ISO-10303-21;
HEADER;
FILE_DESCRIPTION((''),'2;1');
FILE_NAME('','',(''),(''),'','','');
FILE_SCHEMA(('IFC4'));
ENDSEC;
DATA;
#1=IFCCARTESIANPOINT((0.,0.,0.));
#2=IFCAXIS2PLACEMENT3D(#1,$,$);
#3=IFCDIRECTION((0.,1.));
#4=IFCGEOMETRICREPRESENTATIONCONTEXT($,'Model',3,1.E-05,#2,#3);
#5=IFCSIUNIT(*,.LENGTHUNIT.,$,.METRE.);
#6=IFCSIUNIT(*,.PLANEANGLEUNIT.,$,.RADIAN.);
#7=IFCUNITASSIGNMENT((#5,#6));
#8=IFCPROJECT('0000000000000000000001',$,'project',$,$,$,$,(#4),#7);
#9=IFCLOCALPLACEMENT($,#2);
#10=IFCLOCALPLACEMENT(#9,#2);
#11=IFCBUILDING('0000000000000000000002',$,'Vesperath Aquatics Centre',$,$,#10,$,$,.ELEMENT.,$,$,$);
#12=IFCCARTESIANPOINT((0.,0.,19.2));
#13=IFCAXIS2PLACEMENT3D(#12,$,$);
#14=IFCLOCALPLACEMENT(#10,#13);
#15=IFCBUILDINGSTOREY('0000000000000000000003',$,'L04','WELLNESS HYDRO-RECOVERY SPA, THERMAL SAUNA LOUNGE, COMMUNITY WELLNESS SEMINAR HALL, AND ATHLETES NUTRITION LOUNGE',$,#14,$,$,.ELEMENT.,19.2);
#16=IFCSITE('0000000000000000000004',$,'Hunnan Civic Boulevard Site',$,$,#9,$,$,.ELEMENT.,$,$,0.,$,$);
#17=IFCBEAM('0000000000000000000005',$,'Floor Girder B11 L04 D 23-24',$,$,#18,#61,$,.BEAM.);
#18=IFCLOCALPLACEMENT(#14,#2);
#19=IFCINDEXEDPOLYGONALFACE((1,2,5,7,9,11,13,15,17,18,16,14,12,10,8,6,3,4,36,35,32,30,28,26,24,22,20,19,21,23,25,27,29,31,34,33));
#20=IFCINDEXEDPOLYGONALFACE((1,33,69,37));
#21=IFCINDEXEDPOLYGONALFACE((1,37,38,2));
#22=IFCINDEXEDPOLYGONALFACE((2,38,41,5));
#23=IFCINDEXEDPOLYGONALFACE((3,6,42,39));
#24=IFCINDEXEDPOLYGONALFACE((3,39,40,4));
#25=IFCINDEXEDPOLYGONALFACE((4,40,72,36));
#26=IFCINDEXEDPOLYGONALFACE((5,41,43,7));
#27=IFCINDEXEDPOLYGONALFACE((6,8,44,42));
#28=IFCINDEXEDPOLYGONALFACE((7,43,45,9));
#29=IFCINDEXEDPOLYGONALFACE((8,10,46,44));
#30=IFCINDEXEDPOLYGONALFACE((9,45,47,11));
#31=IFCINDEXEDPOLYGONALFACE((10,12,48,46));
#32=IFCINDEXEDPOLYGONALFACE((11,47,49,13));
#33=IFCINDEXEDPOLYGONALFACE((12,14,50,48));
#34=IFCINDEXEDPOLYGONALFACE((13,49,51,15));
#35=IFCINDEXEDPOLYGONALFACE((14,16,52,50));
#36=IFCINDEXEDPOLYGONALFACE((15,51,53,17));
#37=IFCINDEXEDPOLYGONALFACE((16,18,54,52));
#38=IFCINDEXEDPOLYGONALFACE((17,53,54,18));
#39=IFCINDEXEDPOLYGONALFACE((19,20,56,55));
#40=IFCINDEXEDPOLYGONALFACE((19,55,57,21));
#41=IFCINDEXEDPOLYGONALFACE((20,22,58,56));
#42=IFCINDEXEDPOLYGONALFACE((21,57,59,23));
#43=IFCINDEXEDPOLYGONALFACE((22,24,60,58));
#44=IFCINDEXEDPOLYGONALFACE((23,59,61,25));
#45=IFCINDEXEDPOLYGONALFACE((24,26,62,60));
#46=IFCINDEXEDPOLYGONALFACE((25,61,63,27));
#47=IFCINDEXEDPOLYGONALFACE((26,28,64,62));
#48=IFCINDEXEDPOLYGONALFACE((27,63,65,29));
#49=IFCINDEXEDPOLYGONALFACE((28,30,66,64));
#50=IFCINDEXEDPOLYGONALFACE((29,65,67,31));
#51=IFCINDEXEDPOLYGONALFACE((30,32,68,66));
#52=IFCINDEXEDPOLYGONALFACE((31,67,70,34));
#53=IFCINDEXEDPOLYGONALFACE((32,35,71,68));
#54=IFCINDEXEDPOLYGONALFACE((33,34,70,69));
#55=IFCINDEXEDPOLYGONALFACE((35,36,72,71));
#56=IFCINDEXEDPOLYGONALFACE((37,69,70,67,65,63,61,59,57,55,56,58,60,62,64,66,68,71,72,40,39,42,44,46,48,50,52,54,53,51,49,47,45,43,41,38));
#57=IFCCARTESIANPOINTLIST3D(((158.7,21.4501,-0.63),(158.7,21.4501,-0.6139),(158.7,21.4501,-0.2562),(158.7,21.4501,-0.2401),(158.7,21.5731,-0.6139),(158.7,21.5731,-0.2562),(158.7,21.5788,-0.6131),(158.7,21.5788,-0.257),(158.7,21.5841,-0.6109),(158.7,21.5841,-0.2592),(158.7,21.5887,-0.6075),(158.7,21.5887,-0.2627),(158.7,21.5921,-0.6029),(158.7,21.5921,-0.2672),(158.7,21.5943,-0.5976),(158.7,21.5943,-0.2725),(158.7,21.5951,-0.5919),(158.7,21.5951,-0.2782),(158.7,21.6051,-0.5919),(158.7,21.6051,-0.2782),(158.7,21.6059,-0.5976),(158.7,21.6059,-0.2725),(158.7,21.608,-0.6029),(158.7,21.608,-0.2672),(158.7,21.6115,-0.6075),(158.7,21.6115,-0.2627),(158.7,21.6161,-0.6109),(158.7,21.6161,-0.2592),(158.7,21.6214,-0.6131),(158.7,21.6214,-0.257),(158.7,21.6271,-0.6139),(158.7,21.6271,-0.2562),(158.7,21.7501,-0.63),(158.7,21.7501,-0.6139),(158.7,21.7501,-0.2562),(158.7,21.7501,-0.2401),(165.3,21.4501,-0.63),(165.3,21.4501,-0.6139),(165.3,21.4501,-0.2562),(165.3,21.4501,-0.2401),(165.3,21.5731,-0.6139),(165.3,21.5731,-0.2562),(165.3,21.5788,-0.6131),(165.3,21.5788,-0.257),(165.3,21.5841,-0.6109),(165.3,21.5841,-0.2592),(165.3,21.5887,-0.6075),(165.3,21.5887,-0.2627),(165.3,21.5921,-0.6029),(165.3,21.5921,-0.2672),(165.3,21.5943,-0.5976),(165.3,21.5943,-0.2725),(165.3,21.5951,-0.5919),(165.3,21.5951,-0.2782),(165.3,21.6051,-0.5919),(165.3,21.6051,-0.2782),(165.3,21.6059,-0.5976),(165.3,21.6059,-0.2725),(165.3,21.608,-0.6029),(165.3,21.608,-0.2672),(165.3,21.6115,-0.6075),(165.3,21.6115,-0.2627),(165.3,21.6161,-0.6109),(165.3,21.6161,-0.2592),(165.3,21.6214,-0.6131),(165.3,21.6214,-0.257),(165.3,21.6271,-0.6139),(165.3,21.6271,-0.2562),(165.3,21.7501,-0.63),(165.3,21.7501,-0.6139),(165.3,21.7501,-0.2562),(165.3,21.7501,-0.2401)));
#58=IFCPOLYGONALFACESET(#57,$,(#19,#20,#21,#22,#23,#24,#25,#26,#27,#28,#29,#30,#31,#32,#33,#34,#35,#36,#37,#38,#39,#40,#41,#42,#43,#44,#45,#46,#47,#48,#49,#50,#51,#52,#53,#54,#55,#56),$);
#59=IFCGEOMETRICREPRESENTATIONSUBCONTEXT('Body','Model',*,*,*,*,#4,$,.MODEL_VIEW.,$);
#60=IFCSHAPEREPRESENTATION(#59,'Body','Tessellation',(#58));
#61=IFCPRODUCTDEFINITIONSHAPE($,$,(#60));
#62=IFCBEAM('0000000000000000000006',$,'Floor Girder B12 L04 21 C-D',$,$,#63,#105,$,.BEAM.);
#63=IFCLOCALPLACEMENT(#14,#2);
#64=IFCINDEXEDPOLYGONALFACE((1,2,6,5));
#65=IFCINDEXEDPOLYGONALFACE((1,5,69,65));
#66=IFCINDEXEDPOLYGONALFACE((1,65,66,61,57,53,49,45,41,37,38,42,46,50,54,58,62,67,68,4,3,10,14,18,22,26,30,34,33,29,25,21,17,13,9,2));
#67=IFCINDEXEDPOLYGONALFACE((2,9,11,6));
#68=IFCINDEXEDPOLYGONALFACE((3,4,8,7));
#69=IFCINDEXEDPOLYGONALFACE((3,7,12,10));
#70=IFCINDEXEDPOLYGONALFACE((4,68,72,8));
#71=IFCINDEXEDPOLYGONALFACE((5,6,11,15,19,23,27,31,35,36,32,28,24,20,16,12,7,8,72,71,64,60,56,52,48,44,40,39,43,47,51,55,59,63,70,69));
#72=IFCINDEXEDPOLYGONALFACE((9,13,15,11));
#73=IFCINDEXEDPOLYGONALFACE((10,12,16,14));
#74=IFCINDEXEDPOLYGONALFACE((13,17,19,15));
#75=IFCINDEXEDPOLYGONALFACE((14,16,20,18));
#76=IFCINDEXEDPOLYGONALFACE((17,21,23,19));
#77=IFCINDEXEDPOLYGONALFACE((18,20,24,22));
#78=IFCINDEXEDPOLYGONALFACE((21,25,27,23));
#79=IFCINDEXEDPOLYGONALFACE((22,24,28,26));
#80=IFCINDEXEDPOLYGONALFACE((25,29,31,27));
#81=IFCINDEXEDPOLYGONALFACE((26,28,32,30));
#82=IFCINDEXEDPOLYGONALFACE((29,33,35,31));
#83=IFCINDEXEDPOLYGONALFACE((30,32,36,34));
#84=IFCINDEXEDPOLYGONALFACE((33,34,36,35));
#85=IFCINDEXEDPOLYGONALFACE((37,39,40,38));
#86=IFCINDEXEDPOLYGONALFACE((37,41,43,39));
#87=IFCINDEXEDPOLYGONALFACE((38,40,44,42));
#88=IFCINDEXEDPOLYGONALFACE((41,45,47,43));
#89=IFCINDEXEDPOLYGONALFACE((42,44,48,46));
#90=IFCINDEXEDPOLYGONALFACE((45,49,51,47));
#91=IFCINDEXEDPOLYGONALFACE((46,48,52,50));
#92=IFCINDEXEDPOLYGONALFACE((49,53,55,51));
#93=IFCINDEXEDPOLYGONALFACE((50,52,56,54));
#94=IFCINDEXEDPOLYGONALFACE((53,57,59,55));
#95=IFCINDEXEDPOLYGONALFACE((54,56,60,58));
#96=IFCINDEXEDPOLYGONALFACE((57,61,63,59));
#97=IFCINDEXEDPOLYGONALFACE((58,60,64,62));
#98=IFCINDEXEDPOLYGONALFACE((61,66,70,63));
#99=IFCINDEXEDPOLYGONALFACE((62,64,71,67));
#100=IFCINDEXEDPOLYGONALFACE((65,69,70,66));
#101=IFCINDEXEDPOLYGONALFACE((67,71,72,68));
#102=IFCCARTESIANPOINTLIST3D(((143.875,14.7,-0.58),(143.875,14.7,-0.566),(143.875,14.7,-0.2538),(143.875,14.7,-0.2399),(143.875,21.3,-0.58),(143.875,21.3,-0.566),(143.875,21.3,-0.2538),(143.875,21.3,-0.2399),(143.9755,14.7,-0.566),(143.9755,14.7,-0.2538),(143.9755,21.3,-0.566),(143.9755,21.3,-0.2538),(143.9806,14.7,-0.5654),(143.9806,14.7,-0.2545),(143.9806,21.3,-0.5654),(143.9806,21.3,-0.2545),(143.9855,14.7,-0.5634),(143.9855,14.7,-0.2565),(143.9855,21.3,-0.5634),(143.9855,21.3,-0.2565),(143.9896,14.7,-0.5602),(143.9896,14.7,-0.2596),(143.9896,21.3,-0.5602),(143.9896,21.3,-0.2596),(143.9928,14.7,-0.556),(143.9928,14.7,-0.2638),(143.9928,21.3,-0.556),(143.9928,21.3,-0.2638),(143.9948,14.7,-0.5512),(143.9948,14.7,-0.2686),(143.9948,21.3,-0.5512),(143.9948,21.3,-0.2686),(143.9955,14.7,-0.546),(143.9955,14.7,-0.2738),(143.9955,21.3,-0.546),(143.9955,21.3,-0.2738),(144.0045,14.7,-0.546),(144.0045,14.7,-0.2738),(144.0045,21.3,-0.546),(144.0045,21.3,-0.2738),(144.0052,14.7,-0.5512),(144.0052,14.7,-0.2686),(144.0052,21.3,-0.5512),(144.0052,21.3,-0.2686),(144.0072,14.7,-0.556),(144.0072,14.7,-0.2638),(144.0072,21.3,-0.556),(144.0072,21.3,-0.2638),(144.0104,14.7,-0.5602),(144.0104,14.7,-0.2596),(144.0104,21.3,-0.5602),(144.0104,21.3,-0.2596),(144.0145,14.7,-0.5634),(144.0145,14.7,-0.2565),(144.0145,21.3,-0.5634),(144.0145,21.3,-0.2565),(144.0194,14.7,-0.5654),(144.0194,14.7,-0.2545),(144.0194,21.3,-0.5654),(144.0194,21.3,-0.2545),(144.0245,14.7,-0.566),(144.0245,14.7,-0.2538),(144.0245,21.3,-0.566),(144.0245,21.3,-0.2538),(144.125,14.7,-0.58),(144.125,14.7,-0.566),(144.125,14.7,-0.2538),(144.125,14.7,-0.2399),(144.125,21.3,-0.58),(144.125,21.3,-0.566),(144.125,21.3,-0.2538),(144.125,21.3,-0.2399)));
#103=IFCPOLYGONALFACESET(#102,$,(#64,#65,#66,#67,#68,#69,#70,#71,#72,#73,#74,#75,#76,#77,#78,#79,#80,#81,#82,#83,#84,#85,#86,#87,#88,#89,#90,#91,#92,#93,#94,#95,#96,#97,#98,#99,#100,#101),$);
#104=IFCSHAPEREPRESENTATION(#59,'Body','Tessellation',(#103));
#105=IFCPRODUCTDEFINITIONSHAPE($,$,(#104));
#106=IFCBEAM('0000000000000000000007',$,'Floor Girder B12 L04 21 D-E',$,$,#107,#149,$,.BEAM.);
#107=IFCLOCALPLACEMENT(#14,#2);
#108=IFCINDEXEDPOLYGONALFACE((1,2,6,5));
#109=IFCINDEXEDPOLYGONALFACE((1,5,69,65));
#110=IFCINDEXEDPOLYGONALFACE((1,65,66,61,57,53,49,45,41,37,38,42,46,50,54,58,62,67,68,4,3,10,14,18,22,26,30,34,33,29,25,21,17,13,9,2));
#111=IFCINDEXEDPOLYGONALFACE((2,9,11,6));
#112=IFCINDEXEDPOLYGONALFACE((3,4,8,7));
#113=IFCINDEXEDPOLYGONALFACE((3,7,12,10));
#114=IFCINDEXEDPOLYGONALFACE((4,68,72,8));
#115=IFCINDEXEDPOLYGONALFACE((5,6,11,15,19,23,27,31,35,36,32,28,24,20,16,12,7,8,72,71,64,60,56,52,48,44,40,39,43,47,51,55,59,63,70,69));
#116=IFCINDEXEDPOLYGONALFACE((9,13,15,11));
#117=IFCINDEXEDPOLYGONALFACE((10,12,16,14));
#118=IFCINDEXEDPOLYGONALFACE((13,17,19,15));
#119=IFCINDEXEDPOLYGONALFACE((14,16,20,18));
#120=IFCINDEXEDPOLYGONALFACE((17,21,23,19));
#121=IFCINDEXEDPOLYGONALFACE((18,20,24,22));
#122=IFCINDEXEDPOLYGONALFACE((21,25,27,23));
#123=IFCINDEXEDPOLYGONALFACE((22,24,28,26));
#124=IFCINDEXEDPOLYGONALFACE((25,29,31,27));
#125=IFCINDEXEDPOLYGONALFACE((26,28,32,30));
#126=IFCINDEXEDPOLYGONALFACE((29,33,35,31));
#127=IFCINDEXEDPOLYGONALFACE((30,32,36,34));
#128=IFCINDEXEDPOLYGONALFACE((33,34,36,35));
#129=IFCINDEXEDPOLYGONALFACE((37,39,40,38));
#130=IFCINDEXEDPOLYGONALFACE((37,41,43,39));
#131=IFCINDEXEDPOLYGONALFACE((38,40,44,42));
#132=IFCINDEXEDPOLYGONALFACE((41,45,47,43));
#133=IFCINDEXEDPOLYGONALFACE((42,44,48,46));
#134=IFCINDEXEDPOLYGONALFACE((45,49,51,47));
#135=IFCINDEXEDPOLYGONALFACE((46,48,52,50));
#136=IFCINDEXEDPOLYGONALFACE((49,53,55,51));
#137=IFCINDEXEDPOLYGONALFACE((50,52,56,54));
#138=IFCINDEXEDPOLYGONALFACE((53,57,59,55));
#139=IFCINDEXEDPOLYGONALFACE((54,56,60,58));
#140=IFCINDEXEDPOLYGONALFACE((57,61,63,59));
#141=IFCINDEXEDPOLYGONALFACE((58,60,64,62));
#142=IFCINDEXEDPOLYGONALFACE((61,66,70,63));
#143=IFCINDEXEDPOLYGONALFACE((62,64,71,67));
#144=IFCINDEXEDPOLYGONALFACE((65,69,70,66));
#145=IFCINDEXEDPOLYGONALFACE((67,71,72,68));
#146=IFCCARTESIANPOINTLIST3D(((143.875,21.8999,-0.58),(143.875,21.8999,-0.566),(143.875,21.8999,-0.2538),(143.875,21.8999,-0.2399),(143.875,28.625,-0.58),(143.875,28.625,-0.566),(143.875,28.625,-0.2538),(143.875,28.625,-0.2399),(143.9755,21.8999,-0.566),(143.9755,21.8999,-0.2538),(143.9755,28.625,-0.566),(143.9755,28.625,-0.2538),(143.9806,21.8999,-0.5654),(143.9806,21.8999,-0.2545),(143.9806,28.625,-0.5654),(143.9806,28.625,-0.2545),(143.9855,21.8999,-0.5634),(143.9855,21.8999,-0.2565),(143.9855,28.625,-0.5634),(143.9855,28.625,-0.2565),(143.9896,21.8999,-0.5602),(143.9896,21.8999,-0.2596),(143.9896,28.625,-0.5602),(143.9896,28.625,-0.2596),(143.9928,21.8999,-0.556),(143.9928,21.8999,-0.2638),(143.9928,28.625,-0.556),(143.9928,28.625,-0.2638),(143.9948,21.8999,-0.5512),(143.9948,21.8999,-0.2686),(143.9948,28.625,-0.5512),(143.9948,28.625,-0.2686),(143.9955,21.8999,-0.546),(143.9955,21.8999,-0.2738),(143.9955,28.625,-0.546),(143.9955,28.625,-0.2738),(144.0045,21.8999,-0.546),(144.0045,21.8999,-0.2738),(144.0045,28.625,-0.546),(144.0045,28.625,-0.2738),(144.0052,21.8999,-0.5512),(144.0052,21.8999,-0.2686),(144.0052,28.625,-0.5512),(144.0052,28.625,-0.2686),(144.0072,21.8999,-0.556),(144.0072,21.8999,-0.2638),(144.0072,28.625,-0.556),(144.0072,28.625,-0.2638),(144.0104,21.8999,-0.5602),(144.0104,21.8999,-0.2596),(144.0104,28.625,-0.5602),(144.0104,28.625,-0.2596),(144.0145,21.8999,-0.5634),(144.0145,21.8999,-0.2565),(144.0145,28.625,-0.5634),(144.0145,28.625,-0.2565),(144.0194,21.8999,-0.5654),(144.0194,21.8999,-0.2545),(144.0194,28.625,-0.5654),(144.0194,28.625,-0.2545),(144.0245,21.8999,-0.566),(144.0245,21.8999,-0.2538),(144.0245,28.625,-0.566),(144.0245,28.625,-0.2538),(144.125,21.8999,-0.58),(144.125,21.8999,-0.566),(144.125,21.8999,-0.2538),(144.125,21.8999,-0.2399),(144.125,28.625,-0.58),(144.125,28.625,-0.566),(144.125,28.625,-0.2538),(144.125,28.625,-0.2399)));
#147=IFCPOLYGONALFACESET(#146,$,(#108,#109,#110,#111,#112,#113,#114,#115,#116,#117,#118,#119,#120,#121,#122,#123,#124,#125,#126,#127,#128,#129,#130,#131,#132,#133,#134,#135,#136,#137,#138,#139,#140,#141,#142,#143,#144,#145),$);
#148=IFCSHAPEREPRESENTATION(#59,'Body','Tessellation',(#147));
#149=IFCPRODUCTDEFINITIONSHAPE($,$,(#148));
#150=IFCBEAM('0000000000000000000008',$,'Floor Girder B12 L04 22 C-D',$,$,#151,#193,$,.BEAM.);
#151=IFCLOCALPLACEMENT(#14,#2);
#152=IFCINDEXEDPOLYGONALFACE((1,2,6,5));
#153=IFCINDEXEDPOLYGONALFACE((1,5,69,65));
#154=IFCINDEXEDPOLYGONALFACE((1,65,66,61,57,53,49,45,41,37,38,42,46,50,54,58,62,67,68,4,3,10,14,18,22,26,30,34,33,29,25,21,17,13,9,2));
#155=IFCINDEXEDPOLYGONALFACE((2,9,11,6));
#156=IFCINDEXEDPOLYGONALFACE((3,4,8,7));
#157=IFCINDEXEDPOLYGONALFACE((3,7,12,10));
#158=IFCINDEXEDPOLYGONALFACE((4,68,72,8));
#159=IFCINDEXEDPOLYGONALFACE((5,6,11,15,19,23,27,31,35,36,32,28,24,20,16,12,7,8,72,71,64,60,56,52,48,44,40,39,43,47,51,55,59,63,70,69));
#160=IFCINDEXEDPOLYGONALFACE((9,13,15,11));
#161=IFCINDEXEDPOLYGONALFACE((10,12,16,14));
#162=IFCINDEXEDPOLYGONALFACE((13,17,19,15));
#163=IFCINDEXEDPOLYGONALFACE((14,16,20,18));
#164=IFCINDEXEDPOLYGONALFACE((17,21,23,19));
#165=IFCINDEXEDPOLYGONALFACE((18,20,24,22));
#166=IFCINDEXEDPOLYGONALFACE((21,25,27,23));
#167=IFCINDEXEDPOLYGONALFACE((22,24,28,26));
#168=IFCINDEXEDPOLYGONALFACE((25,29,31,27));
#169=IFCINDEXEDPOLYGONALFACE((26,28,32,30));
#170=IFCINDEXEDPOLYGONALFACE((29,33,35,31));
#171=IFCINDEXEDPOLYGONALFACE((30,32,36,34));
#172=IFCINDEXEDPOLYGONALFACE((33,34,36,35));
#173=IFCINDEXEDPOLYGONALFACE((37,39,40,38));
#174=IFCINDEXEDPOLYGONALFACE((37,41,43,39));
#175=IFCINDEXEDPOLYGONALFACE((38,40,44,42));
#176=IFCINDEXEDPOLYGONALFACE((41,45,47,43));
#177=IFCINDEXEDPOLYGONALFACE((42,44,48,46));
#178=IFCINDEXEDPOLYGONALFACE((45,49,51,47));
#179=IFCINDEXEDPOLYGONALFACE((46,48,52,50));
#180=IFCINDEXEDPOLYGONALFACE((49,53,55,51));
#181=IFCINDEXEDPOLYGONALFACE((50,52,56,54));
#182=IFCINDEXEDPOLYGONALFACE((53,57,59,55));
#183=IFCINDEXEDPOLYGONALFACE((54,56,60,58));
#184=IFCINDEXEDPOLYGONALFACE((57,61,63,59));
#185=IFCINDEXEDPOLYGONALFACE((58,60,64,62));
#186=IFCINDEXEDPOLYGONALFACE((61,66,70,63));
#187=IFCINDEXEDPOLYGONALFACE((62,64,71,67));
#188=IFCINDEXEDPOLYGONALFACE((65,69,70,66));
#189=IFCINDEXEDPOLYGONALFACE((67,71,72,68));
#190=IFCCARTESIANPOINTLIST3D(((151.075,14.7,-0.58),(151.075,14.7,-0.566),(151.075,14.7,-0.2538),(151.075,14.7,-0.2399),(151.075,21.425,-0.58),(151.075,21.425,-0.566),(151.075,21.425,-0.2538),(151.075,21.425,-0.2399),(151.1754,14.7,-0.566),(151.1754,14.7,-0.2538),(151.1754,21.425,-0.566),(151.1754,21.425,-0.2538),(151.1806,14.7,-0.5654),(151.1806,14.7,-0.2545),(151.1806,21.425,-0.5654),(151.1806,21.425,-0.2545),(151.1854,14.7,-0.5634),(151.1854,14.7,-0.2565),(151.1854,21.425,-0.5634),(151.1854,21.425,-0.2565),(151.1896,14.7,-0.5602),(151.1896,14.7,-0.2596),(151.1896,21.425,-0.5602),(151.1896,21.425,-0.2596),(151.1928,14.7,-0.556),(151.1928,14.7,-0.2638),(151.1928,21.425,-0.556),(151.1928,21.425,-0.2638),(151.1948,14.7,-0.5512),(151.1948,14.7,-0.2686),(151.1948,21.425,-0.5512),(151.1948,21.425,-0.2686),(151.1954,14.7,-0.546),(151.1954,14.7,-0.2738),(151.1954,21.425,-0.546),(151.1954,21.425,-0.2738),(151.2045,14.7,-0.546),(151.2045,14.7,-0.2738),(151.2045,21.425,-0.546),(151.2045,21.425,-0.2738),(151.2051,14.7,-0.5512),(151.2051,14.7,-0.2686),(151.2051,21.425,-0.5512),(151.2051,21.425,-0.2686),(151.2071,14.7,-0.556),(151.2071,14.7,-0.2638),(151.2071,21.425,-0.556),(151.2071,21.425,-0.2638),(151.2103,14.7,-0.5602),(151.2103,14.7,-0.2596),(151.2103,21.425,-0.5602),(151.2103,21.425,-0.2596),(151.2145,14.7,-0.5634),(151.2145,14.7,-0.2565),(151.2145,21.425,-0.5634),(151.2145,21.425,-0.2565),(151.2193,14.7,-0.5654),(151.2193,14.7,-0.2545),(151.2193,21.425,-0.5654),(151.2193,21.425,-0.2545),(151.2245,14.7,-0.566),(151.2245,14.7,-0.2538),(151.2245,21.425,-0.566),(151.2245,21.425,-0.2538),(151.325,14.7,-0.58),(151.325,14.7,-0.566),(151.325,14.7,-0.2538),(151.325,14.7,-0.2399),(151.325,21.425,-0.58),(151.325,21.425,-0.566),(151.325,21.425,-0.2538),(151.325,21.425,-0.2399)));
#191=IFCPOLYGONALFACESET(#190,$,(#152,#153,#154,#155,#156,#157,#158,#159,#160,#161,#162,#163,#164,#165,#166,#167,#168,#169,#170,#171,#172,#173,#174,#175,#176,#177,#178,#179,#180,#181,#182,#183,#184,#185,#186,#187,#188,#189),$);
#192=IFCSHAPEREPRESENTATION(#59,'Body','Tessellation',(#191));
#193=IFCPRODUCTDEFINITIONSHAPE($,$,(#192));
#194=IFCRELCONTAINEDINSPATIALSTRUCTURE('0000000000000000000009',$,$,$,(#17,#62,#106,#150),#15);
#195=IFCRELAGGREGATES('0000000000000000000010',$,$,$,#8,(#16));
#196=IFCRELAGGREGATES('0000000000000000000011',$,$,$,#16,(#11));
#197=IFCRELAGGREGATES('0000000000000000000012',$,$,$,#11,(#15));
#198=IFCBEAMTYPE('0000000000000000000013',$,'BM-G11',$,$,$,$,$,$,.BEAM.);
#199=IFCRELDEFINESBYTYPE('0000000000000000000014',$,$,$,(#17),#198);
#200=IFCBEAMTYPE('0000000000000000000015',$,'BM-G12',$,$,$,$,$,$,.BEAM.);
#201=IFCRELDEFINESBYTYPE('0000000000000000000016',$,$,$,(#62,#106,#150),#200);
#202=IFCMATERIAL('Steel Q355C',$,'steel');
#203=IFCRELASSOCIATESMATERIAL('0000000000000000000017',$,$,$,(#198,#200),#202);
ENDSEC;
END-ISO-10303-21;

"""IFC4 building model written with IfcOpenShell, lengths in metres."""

from ifc_helpers import new_model, si_unit, direction, frame, origin, origin_2d, place, context, subcontext, project, spatial, i_section, extrude, material, material_profile, profile_set, type_object, element, save


model = new_model("IFC4")

# Units and contexts
model_context = context("Model", 3, precision=1e-05, world=origin(), true_north=direction((0.0, 1.0)))
body_context = subcontext(model_context, "Body", "Model", "MODEL_VIEW")
ifc_project = project(units=[si_unit("LENGTHUNIT", "METRE"), si_unit("PLANEANGLEUNIT", "RADIAN")], contexts=[model_context])

# Site, building, storey
site_placement = place(None, origin())
site = spatial("IfcSite", under=ifc_project, at=site_placement, Name="Hunnan Civic Boulevard Site", CompositionType="ELEMENT", RefElevation=0.0)
building_placement = place(site_placement, origin())
building = spatial("IfcBuilding", under=site, at=building_placement, Name="Vesperath Aquatics Centre", CompositionType="ELEMENT")
storey_placement = place(building_placement, frame((0.0, 0.0, 19.2)))
storey = spatial("IfcBuildingStorey", under=building, at=storey_placement, Name="L04", Description="WELLNESS HYDRO-RECOVERY SPA, THERMAL SAUNA LOUNGE, COMMUNITY WELLNESS SEMINAR HALL, AND ATHLETES NUTRITION LOUNGE", CompositionType="ELEMENT", Elevation=19.2)

# Shared definitions
ifc_material_1 = material(Name="Steel Q355C", Category="steel")

# Beams
ifc_material_profile_1 = material_profile(ifc_material_1, i_section(OverallWidth=0.3, OverallDepth=0.3899, WebThickness=0.01, FlangeThickness=0.0161, FilletRadius=0.022, at=origin_2d()), Name="HM 390x300x10x16")
ifc_profile_set_1 = profile_set([ifc_material_profile_1], Name="Steel Q355C")
beam_type_1 = type_object("IfcBeamType", Name="BM-G11", PredefinedType="BEAM", material=ifc_profile_set_1)
beam_1_placement = place(storey_placement, frame((158.7, 21.6001, -0.4351), z_axis=(1.0, 0.0, 0.0), x_axis=(0.0, 1.0, 0.0)))
element("IfcBeam", 1, at=beam_1_placement, inside=storey, type_object=beam_type_1, Name="Floor Girder B11 L04 D 23-24", PredefinedType="BEAM", context=body_context, shape_type="SweptSolid", body=[
    extrude(i_section(OverallWidth=0.3, OverallDepth=0.3899, WebThickness=0.01, FlangeThickness=0.0161, FilletRadius=0.022, at=origin_2d()), origin(), (0.0, 0.0, 1.0), 6.6001),
])
ifc_material_profile_2 = material_profile(ifc_material_1, i_section(OverallWidth=0.25, OverallDepth=0.3401, WebThickness=0.009, FlangeThickness=0.0139, FilletRadius=0.02, at=origin_2d()), Name="HM 340x250x9x14")
ifc_profile_set_2 = profile_set([ifc_material_profile_2], Name="Steel Q355C")
beam_type_2 = type_object("IfcBeamType", Name="BM-G12", PredefinedType="BEAM", material=ifc_profile_set_2)
beam_2_placement = place(storey_placement, frame((144.0, 14.7, -0.4099), z_axis=(0.0, 1.0, 0.0), x_axis=(-1.0, 0.0, 0.0)))
element("IfcBeam", 2, at=beam_2_placement, inside=storey, type_object=beam_type_2, Name="Floor Girder B12 L04 21 C-D", PredefinedType="BEAM", context=body_context, shape_type="SweptSolid", body=[
    extrude(i_section(OverallWidth=0.25, OverallDepth=0.3401, WebThickness=0.009, FlangeThickness=0.0139, FilletRadius=0.02, at=origin_2d()), origin(), (0.0, 0.0, 1.0), 6.6001),
])
for number, where, z_axis, x_axis, name in (
    (3, (144.0, 21.8999, -0.4099), (0.0, 1.0, 0.0), (-1.0, 0.0, 0.0), "Floor Girder B12 L04 21 D-E"),
    (4, (151.2, 14.7, -0.4099), (0.0, 1.0, 0.0), (-1.0, 0.0, 0.0), "Floor Girder B12 L04 22 C-D"),
):
    element("IfcBeam", number, at=place(storey_placement, frame(where, z_axis=z_axis, x_axis=x_axis)), inside=storey, type_object=beam_type_2, Name=name, PredefinedType="BEAM", context=body_context, shape_type="SweptSolid", body=[
        extrude(i_section(OverallWidth=0.25, OverallDepth=0.3401, WebThickness=0.009, FlangeThickness=0.0139, FilletRadius=0.02, at=origin_2d()), origin(), (0.0, 0.0, 1.0), 6.7251),
    ])

save(model, "model.ifc")
